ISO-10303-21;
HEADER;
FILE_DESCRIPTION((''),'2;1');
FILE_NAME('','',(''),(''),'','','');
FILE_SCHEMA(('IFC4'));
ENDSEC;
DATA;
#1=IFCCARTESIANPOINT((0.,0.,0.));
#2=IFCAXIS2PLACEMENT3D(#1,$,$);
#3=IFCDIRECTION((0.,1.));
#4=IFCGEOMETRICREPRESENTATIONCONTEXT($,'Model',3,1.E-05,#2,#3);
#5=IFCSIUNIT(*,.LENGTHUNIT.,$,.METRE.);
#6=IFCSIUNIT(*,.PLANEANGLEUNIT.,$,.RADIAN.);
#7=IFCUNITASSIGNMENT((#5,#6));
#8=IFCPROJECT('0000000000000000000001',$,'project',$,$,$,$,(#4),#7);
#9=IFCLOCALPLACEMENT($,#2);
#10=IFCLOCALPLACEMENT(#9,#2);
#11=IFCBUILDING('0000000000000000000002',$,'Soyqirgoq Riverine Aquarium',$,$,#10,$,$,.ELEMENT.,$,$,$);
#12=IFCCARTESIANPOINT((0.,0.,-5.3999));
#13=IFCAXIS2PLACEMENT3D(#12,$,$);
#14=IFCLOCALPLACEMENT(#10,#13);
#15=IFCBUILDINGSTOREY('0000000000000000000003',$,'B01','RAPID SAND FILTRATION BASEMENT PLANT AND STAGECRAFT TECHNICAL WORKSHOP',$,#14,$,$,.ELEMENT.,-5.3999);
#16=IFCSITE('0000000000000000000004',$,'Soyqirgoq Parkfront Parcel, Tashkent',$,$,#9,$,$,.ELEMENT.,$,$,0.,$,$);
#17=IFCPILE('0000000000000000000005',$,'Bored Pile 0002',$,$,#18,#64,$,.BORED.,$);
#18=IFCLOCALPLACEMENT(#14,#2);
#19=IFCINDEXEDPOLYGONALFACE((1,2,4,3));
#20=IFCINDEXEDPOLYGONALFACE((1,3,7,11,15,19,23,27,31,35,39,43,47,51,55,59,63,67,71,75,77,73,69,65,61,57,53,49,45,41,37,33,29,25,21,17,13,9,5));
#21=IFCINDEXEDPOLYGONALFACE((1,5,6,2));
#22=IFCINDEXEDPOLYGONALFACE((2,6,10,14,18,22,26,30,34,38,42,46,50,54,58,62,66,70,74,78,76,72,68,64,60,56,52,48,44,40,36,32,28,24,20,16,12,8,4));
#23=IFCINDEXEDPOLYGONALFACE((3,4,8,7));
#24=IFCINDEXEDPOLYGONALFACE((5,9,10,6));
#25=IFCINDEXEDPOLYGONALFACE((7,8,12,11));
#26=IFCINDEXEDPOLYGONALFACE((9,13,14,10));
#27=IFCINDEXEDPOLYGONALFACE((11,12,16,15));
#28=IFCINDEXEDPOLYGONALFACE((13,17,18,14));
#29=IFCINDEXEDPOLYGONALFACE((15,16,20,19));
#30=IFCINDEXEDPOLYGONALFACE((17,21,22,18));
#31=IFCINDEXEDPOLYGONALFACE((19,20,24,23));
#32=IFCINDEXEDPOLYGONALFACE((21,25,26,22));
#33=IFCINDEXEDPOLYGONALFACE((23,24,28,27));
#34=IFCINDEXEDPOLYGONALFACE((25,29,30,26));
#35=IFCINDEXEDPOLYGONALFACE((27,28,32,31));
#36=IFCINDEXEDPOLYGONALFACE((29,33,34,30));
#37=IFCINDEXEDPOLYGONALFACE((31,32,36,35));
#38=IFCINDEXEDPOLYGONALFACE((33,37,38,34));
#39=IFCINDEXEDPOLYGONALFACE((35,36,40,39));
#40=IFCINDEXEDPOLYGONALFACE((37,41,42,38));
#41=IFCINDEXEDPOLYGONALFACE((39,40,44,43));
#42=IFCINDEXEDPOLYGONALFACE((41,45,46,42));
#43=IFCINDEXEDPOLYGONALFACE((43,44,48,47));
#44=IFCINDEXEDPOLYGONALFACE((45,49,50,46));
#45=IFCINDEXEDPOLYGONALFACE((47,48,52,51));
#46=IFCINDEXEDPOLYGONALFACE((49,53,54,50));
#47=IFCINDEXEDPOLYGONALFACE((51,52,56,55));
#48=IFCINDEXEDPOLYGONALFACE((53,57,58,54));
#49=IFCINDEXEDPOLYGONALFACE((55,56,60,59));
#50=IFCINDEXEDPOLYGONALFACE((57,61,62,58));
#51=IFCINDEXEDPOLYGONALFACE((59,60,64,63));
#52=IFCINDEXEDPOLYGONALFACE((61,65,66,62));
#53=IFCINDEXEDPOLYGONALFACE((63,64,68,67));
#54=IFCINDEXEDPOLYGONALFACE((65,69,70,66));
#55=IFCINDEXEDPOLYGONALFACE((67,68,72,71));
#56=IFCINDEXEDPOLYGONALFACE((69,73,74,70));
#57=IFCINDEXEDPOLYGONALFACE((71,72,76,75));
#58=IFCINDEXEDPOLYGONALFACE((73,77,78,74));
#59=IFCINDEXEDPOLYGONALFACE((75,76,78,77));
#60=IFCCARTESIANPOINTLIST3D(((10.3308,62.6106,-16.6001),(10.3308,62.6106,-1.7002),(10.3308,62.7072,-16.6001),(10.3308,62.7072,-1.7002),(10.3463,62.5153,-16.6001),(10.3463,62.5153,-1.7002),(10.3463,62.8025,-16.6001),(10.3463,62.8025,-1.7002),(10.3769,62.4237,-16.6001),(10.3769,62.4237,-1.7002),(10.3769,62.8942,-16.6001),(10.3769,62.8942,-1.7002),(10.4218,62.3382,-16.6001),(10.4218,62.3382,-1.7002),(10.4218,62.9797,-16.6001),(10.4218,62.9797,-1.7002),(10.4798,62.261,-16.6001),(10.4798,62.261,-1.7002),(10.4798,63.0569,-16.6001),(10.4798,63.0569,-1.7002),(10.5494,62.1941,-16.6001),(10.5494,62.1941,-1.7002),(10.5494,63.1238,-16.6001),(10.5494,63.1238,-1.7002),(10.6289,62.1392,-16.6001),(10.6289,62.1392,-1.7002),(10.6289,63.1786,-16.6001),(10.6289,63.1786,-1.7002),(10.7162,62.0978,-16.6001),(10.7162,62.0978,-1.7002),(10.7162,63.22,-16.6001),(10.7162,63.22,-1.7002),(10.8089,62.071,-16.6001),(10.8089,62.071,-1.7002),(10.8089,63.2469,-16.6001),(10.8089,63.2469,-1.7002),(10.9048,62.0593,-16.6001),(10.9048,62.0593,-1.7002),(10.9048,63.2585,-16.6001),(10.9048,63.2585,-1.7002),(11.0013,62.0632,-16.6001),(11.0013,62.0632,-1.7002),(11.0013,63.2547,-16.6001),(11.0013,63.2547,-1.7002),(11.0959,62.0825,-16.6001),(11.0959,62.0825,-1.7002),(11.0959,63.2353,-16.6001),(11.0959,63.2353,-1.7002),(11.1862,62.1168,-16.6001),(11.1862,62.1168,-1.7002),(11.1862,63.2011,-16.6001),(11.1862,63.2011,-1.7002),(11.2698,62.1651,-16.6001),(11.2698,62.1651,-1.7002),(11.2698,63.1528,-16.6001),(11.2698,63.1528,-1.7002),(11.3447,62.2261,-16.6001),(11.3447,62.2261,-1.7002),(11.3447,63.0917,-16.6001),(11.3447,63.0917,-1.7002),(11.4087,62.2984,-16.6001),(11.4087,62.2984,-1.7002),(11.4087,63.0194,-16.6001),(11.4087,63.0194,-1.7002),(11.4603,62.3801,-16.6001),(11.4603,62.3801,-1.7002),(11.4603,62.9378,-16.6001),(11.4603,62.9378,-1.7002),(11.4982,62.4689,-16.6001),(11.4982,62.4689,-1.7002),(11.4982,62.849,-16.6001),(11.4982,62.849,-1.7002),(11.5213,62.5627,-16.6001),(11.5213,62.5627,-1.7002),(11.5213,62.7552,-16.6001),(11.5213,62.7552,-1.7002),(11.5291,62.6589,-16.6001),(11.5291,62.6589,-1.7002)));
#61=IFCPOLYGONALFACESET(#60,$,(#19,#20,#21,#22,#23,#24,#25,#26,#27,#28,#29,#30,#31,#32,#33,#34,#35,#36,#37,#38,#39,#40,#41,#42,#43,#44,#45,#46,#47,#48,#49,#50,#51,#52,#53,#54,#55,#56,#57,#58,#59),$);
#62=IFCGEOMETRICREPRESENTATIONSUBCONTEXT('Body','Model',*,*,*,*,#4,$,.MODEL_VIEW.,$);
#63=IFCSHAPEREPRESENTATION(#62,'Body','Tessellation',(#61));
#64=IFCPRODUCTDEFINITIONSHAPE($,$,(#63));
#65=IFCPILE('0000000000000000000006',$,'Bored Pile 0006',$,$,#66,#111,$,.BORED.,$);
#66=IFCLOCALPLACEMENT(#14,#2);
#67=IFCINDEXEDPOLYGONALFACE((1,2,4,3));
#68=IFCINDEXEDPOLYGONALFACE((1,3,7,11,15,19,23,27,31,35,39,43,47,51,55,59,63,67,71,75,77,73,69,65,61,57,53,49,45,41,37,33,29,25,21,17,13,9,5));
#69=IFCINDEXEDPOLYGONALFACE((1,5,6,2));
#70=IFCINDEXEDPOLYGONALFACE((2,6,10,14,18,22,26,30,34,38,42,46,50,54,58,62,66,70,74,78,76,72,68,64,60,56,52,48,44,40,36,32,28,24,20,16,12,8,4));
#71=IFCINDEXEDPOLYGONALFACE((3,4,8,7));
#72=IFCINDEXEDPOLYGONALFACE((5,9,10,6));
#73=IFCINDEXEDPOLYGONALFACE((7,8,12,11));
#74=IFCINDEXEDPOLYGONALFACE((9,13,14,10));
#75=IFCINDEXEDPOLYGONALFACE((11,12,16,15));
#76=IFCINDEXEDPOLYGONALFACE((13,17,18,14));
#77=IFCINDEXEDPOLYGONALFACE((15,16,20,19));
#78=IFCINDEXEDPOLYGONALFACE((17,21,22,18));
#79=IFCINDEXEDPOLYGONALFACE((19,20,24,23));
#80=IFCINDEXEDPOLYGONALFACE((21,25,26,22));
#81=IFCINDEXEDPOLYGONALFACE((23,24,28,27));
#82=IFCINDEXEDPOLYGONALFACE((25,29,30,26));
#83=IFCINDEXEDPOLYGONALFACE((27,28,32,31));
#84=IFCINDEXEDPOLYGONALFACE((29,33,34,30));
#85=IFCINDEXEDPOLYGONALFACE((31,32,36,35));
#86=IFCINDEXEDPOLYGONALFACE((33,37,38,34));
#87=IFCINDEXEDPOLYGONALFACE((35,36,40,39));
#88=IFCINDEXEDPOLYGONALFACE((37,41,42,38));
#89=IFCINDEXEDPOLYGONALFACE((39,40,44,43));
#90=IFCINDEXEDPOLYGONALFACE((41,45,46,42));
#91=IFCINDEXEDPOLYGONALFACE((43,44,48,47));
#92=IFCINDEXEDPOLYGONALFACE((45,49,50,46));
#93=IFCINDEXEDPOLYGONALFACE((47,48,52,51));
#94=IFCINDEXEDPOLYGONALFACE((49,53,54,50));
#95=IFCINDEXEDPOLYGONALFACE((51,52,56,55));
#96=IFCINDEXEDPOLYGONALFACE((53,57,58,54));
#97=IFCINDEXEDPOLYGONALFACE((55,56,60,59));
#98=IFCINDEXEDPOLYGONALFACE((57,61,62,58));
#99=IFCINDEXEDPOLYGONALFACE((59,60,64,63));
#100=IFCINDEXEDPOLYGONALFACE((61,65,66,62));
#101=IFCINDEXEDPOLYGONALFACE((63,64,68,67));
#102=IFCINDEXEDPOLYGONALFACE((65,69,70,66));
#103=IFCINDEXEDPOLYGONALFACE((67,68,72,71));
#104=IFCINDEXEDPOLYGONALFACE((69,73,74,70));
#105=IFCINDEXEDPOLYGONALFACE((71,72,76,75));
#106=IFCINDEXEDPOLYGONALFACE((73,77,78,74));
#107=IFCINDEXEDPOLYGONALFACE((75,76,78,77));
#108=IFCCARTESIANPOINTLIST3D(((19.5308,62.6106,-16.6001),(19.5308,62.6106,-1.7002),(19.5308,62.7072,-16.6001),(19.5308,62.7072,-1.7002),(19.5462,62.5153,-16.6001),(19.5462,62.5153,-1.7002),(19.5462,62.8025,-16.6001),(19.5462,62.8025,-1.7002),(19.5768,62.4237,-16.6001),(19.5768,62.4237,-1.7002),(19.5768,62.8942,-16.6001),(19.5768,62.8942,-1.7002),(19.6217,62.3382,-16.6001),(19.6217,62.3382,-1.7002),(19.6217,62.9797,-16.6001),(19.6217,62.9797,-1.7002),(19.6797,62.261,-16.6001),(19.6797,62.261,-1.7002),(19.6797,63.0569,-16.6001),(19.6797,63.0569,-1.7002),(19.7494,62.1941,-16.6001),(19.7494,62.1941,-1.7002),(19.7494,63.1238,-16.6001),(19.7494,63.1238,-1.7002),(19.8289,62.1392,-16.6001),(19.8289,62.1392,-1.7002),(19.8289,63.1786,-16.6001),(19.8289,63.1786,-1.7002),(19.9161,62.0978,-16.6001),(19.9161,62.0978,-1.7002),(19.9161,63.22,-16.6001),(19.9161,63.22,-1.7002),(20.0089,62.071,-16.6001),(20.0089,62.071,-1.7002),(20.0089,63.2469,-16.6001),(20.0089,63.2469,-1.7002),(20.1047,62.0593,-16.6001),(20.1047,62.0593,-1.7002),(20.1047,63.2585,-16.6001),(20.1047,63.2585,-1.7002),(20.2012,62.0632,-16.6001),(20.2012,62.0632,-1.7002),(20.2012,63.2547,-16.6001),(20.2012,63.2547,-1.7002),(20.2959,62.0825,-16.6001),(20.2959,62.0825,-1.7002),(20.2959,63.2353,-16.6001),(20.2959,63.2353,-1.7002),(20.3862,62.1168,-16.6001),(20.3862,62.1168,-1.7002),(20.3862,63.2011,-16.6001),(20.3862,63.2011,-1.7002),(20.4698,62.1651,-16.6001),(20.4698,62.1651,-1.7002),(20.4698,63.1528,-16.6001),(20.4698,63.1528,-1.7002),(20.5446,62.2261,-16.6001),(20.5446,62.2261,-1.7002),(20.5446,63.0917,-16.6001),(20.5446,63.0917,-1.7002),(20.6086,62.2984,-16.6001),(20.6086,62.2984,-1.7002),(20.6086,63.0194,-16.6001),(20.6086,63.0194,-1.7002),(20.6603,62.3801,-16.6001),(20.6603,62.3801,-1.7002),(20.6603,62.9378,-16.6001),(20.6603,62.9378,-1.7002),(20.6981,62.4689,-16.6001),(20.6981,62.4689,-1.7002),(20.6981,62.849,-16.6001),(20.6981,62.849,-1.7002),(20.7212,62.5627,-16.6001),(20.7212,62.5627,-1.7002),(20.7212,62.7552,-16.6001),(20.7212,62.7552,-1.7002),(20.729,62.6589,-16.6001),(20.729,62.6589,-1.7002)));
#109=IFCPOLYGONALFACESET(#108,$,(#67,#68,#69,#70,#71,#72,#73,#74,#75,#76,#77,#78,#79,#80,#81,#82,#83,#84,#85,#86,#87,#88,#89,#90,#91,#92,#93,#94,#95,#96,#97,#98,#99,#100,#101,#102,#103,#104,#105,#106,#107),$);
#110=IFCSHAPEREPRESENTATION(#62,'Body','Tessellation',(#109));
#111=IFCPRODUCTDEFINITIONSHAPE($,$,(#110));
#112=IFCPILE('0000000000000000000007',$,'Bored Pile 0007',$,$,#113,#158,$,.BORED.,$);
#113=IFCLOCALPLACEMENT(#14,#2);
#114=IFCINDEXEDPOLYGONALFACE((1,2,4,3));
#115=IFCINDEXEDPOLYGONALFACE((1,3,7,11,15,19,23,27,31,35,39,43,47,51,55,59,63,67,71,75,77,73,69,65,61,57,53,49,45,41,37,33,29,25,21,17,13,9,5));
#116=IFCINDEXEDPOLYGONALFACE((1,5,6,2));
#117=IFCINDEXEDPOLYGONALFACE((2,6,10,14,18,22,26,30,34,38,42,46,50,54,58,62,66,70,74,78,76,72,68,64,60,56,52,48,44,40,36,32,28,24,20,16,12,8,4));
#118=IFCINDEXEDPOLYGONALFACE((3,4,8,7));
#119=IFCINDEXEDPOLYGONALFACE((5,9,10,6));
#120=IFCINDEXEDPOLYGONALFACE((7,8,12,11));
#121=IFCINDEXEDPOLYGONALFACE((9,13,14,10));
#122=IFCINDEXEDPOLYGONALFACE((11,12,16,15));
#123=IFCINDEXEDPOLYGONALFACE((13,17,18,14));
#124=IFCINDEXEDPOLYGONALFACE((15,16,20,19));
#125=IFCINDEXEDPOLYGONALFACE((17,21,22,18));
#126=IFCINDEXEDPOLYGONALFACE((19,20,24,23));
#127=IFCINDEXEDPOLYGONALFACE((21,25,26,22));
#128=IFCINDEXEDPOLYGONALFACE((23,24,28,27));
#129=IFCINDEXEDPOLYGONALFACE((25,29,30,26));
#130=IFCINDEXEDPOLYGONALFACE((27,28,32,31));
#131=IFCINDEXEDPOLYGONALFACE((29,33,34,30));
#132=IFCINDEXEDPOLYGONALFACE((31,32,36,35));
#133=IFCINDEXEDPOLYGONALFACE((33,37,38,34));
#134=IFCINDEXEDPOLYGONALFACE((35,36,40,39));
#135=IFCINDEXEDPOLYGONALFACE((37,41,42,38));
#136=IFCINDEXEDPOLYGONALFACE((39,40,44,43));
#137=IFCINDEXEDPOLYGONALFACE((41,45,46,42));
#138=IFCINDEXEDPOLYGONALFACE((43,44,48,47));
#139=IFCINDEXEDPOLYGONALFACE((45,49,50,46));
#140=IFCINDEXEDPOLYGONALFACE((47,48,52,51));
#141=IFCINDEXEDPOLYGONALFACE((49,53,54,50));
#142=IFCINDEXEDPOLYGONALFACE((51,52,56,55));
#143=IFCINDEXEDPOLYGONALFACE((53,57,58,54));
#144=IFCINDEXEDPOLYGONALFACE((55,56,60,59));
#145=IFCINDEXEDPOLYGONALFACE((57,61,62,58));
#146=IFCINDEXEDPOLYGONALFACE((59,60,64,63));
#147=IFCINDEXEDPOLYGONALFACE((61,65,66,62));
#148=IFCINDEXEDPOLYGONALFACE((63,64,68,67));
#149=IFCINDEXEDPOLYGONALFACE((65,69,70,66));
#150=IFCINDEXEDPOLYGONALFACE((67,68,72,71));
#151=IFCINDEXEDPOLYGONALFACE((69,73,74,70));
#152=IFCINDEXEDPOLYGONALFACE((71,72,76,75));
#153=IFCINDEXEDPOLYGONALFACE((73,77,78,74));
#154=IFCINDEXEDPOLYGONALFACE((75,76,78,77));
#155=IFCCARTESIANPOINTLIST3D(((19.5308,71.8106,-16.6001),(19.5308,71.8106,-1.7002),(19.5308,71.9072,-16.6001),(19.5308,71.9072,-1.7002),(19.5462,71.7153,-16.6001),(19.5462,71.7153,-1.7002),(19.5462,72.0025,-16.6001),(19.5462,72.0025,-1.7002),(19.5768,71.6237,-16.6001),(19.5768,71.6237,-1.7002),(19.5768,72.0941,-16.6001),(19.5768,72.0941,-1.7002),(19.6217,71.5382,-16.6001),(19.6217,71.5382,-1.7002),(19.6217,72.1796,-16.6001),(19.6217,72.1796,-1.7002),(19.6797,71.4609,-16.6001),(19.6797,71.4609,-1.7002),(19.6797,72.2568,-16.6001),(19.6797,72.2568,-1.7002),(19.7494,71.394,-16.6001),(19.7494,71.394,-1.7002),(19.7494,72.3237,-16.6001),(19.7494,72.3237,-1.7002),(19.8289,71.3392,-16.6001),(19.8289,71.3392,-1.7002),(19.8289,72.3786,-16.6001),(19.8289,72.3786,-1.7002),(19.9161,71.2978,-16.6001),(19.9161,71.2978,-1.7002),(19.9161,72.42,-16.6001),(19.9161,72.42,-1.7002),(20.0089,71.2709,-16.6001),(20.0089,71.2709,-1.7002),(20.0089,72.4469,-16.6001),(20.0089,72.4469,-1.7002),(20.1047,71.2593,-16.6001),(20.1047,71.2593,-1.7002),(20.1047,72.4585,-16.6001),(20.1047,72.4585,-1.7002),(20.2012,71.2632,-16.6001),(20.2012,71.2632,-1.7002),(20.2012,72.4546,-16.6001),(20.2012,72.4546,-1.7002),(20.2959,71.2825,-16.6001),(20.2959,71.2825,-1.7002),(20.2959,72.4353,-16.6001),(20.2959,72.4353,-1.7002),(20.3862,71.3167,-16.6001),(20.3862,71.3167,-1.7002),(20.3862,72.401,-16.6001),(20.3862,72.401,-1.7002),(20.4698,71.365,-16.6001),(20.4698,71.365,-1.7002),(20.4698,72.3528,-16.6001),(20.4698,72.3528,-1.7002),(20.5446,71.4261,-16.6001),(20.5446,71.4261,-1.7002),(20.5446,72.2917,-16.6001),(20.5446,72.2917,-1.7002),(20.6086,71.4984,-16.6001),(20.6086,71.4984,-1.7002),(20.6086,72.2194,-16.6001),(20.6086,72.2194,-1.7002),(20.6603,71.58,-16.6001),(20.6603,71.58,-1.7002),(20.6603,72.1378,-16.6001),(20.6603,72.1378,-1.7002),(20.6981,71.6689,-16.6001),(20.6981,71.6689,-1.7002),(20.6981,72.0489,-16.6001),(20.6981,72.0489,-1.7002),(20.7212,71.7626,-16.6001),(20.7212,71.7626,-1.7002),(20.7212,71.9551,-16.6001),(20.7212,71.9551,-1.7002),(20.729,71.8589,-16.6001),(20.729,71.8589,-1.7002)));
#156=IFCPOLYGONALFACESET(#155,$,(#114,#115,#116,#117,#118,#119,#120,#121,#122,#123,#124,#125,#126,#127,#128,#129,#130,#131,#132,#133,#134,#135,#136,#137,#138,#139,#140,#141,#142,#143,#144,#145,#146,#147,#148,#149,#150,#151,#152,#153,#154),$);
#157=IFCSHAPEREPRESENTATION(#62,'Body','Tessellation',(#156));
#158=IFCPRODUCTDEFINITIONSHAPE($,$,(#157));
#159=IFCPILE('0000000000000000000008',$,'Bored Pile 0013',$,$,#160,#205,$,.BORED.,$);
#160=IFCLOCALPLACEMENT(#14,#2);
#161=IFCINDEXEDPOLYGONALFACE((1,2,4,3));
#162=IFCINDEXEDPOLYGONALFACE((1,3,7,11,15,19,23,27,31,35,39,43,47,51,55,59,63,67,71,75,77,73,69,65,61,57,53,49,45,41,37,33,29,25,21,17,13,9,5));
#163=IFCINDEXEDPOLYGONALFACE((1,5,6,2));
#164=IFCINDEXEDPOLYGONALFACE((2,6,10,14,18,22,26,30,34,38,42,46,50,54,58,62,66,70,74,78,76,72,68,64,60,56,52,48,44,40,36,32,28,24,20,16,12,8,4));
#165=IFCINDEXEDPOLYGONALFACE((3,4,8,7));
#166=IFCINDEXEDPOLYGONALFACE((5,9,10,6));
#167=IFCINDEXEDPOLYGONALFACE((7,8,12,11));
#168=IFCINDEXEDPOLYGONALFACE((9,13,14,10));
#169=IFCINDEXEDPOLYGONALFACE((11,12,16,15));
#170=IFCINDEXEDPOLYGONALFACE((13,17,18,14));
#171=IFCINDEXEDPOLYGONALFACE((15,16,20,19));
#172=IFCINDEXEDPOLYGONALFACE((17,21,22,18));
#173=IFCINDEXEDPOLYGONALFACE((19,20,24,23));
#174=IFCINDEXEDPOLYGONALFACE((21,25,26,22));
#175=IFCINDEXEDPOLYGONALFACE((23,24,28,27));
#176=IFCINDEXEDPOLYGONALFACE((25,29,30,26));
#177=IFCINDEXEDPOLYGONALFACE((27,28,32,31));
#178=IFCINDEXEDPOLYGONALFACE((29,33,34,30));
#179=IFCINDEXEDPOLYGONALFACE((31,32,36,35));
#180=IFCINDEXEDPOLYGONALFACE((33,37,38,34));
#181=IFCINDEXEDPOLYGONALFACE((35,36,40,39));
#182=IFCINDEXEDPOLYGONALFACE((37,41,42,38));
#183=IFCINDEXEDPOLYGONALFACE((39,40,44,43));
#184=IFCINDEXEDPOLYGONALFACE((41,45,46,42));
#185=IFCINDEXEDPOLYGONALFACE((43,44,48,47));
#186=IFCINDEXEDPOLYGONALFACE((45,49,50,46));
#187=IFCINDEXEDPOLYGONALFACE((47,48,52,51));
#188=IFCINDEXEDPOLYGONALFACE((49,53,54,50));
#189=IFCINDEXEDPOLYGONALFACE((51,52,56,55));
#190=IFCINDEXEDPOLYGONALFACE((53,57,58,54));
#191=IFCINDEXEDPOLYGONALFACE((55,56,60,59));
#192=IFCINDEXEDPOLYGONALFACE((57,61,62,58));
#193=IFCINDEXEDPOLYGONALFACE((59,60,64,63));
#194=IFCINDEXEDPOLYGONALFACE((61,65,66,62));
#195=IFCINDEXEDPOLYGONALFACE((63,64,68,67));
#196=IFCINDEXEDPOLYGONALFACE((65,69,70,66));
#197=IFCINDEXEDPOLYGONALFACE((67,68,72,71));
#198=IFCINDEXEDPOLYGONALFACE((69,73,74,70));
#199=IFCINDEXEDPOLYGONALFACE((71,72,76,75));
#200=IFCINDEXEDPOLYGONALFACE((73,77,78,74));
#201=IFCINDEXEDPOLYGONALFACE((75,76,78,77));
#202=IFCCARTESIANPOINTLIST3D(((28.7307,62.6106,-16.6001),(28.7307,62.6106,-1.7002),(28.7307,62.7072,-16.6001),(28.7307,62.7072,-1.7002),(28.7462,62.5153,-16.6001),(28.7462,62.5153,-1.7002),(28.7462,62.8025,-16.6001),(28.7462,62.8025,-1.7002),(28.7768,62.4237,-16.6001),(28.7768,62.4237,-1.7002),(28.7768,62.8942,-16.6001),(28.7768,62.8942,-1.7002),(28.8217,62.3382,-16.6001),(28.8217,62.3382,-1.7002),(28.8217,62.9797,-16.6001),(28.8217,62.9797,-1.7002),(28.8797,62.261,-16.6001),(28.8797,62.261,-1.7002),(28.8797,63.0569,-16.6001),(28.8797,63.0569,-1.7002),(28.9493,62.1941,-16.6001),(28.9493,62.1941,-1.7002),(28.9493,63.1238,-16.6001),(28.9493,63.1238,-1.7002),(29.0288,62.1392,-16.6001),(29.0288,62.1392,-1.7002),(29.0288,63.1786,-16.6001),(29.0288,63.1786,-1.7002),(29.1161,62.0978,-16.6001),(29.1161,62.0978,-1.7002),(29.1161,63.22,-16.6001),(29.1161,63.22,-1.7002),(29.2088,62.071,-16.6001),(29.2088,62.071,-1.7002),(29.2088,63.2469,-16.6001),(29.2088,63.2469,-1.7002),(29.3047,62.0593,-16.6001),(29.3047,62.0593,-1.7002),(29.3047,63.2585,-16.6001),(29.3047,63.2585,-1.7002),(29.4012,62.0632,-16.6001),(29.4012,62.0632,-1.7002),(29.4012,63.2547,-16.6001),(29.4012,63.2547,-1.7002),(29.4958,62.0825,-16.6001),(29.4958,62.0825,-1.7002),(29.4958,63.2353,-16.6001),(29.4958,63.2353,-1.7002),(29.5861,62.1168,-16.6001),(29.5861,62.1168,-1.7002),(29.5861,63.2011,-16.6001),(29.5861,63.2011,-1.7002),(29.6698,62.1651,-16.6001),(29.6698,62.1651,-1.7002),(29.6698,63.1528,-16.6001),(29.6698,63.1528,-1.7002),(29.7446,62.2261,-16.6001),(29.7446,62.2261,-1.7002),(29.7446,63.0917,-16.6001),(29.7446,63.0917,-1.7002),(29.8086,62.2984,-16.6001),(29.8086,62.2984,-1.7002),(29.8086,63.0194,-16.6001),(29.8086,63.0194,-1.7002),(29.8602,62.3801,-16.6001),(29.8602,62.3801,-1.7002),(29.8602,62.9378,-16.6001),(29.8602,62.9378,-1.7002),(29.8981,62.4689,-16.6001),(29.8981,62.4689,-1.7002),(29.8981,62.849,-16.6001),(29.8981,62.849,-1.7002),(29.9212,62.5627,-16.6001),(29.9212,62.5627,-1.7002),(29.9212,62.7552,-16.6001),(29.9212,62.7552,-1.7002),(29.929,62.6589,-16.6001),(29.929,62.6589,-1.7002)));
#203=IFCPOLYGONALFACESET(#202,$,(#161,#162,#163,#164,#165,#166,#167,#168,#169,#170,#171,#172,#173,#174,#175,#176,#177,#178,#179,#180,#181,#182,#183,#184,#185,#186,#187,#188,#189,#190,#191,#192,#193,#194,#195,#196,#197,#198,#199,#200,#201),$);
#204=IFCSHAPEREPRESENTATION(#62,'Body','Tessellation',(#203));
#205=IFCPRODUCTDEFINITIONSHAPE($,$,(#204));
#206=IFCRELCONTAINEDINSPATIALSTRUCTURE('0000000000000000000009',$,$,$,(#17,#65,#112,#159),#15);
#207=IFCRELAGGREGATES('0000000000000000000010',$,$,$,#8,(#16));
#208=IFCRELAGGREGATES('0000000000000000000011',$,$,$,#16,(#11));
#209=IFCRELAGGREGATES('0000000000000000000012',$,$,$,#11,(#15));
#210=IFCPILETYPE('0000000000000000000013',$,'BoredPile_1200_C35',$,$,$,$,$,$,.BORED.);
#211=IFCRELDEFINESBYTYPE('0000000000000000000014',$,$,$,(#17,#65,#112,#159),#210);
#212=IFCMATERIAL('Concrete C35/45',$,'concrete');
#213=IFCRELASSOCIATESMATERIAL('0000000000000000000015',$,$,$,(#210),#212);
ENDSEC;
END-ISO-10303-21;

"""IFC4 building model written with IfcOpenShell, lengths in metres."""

from ifc_helpers import new_model, si_unit, direction, frame, origin, origin_2d, place, context, subcontext, project, spatial, circle, extrude, material, material_profile, profile_set, type_object, element, save


model = new_model("IFC4")

# Units and contexts
model_context = context("Model", 3, precision=1e-05, world=origin(), true_north=direction((0.0, 1.0)))
body_context = subcontext(model_context, "Body", "Model", "MODEL_VIEW")
ifc_project = project(units=[si_unit("LENGTHUNIT", "METRE"), si_unit("PLANEANGLEUNIT", "RADIAN")], contexts=[model_context])

# Site, building, storey
site_placement = place(None, origin())
site = spatial("IfcSite", under=ifc_project, at=site_placement, Name="Soyqirgoq Parkfront Parcel, Tashkent", CompositionType="ELEMENT", RefElevation=0.0)
building_placement = place(site_placement, origin())
building = spatial("IfcBuilding", under=site, at=building_placement, Name="Soyqirgoq Riverine Aquarium", CompositionType="ELEMENT")
storey_placement = place(building_placement, frame((0.0, 0.0, -5.3999)))
storey = spatial("IfcBuildingStorey", under=building, at=storey_placement, Name="B01", Description="RAPID SAND FILTRATION BASEMENT PLANT AND STAGECRAFT TECHNICAL WORKSHOP", CompositionType="ELEMENT", Elevation=-5.3999)

# Piles
ifc_material_1 = material(Name="Concrete C35/45", Category="concrete")
ifc_material_profile_1 = material_profile(ifc_material_1, circle(Radius=0.6001, at=origin_2d()), Name="BP D1200")
ifc_profile_set_1 = profile_set([ifc_material_profile_1], Name="Concrete C35/45")
pile_type = type_object("IfcPileType", Name="BoredPile_1200_C35", PredefinedType="BORED", material=ifc_profile_set_1)
for number, where, z_axis, x_axis, name in (
    (1, (10.929, 62.6589, -1.7002), (0.0, 0.0, -1.0), (1.0, 0.0, 0.0), "Bored Pile 0002"),
    (2, (20.1289, 62.6589, -1.7002), (0.0, 0.0, -1.0), (1.0, 0.0, 0.0), "Bored Pile 0006"),
    (3, (20.1289, 71.8589, -1.7002), (0.0, 0.0, -1.0), (1.0, 0.0, 0.0), "Bored Pile 0007"),
    (4, (29.3289, 62.6589, -1.7002), (0.0, 0.0, -1.0), (1.0, 0.0, 0.0), "Bored Pile 0013"),
):
    element("IfcPile", number, at=place(storey_placement, frame(where, z_axis=z_axis, x_axis=x_axis)), inside=storey, type_object=pile_type, Name=name, PredefinedType="BORED", context=body_context, shape_type="SweptSolid", body=[
        extrude(circle(Radius=0.6001, at=origin_2d()), origin(), (0.0, 0.0, 1.0), 14.8999),
    ])

save(model, "model.ifc")
